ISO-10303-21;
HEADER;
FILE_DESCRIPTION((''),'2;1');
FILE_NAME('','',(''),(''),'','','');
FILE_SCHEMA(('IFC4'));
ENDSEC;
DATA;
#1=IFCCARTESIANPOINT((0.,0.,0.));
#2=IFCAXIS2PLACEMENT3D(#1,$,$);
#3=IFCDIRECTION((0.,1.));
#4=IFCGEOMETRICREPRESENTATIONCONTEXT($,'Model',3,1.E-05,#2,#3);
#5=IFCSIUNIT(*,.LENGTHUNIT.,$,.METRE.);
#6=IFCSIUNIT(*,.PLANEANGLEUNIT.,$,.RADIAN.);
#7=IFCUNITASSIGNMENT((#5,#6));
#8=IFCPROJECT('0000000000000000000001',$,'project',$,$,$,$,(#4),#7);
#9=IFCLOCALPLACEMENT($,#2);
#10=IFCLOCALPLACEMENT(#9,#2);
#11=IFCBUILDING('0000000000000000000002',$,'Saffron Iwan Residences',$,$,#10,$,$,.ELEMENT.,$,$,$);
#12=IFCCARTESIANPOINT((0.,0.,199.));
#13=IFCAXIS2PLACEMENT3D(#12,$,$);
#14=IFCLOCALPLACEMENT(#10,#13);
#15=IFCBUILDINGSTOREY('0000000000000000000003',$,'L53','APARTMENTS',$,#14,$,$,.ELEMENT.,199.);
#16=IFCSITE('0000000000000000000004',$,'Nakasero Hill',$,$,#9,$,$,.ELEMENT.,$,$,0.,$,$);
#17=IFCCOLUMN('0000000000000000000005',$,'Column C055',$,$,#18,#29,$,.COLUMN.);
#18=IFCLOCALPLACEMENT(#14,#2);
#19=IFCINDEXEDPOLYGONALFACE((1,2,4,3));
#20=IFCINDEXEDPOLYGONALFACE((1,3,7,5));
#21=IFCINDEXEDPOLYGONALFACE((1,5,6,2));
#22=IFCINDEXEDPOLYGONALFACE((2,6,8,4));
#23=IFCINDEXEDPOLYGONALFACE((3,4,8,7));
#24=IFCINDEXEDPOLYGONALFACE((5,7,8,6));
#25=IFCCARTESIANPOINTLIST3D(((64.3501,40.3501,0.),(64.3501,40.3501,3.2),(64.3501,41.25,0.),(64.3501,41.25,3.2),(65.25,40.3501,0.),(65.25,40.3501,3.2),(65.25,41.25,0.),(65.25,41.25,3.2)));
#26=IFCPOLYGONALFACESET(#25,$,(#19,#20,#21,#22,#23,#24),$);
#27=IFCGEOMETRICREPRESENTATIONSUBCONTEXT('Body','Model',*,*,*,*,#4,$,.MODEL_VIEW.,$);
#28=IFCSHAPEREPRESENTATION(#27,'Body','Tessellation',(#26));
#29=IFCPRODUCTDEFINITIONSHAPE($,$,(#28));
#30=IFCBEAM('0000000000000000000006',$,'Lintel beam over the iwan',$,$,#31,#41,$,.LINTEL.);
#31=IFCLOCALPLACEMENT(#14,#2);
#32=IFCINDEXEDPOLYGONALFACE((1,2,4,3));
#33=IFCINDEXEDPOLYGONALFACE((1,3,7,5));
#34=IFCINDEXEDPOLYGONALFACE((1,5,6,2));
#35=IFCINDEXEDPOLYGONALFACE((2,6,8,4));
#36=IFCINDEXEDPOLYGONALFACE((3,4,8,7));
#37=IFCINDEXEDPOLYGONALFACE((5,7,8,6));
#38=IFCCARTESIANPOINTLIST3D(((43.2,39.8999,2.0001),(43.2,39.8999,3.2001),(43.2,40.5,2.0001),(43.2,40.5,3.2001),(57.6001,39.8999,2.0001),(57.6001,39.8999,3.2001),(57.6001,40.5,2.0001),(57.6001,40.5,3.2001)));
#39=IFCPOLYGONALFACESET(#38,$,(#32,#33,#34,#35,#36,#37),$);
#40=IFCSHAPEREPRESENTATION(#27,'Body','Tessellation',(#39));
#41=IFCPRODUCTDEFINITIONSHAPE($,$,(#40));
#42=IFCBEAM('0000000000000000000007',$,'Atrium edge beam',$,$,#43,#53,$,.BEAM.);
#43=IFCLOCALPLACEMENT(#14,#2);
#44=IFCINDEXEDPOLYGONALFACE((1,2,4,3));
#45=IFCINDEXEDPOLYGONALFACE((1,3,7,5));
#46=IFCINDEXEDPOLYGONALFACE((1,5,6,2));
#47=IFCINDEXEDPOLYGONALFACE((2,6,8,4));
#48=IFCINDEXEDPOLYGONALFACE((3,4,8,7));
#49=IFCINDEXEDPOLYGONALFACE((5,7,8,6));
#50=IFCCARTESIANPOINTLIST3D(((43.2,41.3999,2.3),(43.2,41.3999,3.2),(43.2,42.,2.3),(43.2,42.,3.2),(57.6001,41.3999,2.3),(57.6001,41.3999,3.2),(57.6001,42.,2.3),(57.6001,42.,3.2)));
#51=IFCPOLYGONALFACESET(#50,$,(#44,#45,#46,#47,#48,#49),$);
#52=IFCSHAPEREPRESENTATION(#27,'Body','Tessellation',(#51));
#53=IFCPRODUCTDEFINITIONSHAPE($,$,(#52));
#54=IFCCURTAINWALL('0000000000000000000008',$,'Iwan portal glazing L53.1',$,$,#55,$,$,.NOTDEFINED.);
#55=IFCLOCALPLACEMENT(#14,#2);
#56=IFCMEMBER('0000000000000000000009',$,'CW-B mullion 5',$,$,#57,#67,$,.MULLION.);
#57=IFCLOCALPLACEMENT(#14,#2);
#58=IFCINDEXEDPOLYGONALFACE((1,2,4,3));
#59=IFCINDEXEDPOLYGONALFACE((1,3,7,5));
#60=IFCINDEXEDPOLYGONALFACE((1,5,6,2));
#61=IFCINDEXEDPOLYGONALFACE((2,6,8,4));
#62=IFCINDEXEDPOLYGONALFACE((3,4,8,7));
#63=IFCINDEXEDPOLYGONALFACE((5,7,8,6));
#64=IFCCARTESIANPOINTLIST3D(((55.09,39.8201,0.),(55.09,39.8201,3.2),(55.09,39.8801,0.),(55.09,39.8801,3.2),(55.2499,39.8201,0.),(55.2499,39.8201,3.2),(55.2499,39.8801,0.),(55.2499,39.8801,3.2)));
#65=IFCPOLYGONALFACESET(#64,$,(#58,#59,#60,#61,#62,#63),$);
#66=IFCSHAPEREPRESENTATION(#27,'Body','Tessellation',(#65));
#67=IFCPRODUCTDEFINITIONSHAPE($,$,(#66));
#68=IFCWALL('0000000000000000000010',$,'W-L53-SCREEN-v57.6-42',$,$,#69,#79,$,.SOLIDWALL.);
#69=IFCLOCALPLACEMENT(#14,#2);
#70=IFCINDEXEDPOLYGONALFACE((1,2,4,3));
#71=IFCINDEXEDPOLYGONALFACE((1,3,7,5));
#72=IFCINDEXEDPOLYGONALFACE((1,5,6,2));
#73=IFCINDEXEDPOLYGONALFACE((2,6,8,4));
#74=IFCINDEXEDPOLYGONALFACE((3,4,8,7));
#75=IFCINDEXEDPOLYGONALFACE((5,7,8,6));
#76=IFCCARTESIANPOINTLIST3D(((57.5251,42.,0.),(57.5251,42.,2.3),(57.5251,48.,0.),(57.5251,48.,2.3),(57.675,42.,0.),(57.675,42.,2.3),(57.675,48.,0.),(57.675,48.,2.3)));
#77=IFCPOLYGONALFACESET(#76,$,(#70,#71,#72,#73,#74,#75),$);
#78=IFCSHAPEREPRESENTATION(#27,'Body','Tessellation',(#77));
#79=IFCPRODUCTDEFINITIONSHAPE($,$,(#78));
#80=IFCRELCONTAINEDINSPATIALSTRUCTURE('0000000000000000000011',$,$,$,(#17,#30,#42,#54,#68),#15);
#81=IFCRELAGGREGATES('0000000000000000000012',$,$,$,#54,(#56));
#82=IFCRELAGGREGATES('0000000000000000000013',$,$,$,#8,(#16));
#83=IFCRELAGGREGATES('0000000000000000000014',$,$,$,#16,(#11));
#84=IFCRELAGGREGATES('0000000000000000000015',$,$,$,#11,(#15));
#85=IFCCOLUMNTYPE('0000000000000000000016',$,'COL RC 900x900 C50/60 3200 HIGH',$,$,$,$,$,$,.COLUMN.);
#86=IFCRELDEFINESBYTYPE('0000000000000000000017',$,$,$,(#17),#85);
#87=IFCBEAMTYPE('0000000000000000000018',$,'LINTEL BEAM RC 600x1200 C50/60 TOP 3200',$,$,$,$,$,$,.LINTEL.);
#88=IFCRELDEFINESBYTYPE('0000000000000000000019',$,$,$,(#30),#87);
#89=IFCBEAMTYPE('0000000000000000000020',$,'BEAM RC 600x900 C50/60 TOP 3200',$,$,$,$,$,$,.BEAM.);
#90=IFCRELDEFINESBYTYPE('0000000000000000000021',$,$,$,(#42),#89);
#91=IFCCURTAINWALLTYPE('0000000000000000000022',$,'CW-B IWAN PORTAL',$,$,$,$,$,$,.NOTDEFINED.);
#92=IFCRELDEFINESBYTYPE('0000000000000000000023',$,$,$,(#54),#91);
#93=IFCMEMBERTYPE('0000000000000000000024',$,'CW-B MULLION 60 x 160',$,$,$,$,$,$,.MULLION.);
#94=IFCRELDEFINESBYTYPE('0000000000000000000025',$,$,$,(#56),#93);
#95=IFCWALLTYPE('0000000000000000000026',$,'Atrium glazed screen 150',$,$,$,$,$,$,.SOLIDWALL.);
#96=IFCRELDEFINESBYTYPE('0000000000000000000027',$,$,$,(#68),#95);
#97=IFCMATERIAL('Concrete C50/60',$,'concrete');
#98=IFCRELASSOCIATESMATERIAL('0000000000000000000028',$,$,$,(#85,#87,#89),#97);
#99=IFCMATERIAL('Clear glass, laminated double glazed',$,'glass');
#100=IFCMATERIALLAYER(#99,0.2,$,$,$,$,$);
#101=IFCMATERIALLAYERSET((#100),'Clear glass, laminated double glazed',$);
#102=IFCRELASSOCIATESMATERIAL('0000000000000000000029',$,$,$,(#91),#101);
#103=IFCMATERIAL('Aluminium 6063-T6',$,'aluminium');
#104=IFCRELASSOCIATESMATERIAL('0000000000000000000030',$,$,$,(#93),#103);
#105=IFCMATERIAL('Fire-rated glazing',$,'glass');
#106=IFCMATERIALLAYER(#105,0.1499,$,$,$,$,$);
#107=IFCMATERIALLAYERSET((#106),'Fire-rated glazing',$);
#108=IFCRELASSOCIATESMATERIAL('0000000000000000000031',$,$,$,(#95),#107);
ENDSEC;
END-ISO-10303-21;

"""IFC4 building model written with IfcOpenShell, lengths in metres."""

from ifc_helpers import new_model, si_unit, direction, frame, frame_2d, origin, origin_2d, place, context, subcontext, project, spatial, rectangle, extrude, source, transform, mapped, material, layer, layer_set, material_profile, profile_set, type_object, element, aggregate, save


model = new_model("IFC4")

# Units and contexts
model_context = context("Model", 3, precision=1e-05, world=origin(), true_north=direction((0.0, 1.0)))
body_context = subcontext(model_context, "Body", "Model", "MODEL_VIEW")
ifc_project = project(units=[si_unit("LENGTHUNIT", "METRE"), si_unit("PLANEANGLEUNIT", "RADIAN")], contexts=[model_context])

# Site, building, storey
site_placement = place(None, origin())
site = spatial("IfcSite", under=ifc_project, at=site_placement, Name="Nakasero Hill", CompositionType="ELEMENT", RefElevation=0.0)
building_placement = place(site_placement, origin())
building = spatial("IfcBuilding", under=site, at=building_placement, Name="Saffron Iwan Residences", CompositionType="ELEMENT")
storey_placement = place(building_placement, frame((0.0, 0.0, 199.0)))
storey = spatial("IfcBuildingStorey", under=building, at=storey_placement, Name="L53", Description="APARTMENTS", CompositionType="ELEMENT", Elevation=199.0)

# Column
ifc_material_1 = material(Name="Concrete C50/60", Category="concrete")
ifc_material_profile_1 = material_profile(ifc_material_1, rectangle(XDim=0.8999, YDim=0.8999, at=origin_2d()), Name="RC 900x900")
ifc_profile_set_1 = profile_set([ifc_material_profile_1], Name="Concrete C50/60")
column_type = type_object("IfcColumnType", Name="COL RC 900x900 C50/60 3200 HIGH", PredefinedType="COLUMN", material=ifc_profile_set_1)
shared_shape_1 = source(origin(), body_context, "Body", "SweptSolid", [
    extrude(rectangle(XDim=0.8999, YDim=0.8999, at=origin_2d()), origin(), (0.0, 0.0, 1.0), 3.2),
])
column_placement = place(storey_placement, frame((64.8, 40.8, 0.0), z_axis=(0.0, 0.0, 1.0), x_axis=(1.0, 0.0, 0.0)))
element("IfcColumn", 1, at=column_placement, inside=storey, type_object=column_type, Name="Column C055", PredefinedType="COLUMN", context=body_context, shape_type="MappedRepresentation", body=[
    mapped(shared_shape_1, transform((0.0, 0.0, 0.0))),
])

# Beams
ifc_material_profile_2 = material_profile(ifc_material_1, rectangle(XDim=0.6001, YDim=1.2, at=origin_2d()), Name="RC 600x1200")
ifc_profile_set_2 = profile_set([ifc_material_profile_2], Name="Concrete C50/60")
beam_type_1 = type_object("IfcBeamType", Name="LINTEL BEAM RC 600x1200 C50/60 TOP 3200", PredefinedType="LINTEL", material=ifc_profile_set_2)
shared_shape_2 = source(origin(), body_context, "Body", "SweptSolid", [
    extrude(rectangle(XDim=0.6001, YDim=1.2, at=origin_2d()), origin(), (0.0, 0.0, 1.0), 14.4001),
])
beam_1_placement = place(storey_placement, frame((57.6001, 40.2, 2.6001), z_axis=(-1.0, 0.0, 0.0), x_axis=(0.0, -1.0, 0.0)))
element("IfcBeam", 2, at=beam_1_placement, inside=storey, type_object=beam_type_1, Name="Lintel beam over the iwan", PredefinedType="LINTEL", context=body_context, shape_type="MappedRepresentation", body=[
    mapped(shared_shape_2, transform((0.0, 0.0, 0.0))),
])
ifc_material_profile_3 = material_profile(ifc_material_1, rectangle(XDim=0.6001, YDim=0.8999, at=origin_2d()), Name="RC 600x900")
ifc_profile_set_3 = profile_set([ifc_material_profile_3], Name="Concrete C50/60")
beam_type_2 = type_object("IfcBeamType", Name="BEAM RC 600x900 C50/60 TOP 3200", PredefinedType="BEAM", material=ifc_profile_set_3)
shared_shape_3 = source(origin(), body_context, "Body", "SweptSolid", [
    extrude(rectangle(XDim=0.6001, YDim=0.8999, at=origin_2d()), origin(), (0.0, 0.0, 1.0), 14.4001),
])
beam_2_placement = place(storey_placement, frame((57.6001, 41.7, 2.75), z_axis=(-1.0, 0.0, 0.0), x_axis=(0.0, -1.0, 0.0)))
element("IfcBeam", 3, at=beam_2_placement, inside=storey, type_object=beam_type_2, Name="Atrium edge beam", PredefinedType="BEAM", context=body_context, shape_type="MappedRepresentation", body=[
    mapped(shared_shape_3, transform((0.0, 0.0, 0.0))),
])

# Curtain wall, member
ifc_material_2 = material(Name="Clear glass, laminated double glazed", Category="glass")
ifc_layer_1 = layer(ifc_material_2, 0.2)
ifc_layer_set_1 = layer_set([ifc_layer_1], Name="Clear glass, laminated double glazed")
curtain_wall_type = type_object("IfcCurtainWallType", Name="CW-B IWAN PORTAL", PredefinedType="NOTDEFINED", material=ifc_layer_set_1)
curtain_wall_placement = place(storey_placement, origin())
curtain_wall = element("IfcCurtainWall", 4, at=curtain_wall_placement, inside=storey, type_object=curtain_wall_type, Name="Iwan portal glazing L53.1", PredefinedType="NOTDEFINED")
ifc_material_3 = material(Name="Aluminium 6063-T6", Category="aluminium")
ifc_material_profile_4 = material_profile(ifc_material_3, rectangle(XDim=0.0601, YDim=0.1599, at=origin_2d()), Name="CW-B MULLION 60 x 160")
ifc_profile_set_4 = profile_set([ifc_material_profile_4], Name="Aluminium 6063-T6")
member_type = type_object("IfcMemberType", Name="CW-B MULLION 60 x 160", PredefinedType="MULLION", material=ifc_profile_set_4)
shared_shape_4 = source(origin(), body_context, "Body", "SweptSolid", [
    extrude(rectangle(XDim=0.0601, YDim=0.1599, at=origin_2d()), origin(), (0.0, 0.0, 1.0), 3.2),
])
member_placement = place(storey_placement, frame((55.1699, 39.8501, 0.0), z_axis=(0.0, 0.0, 1.0), x_axis=(0.0, 1.0, 0.0)))
member = element("IfcMember", 5, at=member_placement, type_object=member_type, Name="CW-B mullion 5", PredefinedType="MULLION", context=body_context, shape_type="MappedRepresentation", body=[
    mapped(shared_shape_4, transform((0.0, 0.0, 0.0))),
])
aggregate(curtain_wall, [member])

# Wall
ifc_material_4 = material(Name="Fire-rated glazing", Category="glass")
ifc_layer_2 = layer(ifc_material_4, 0.1499)
ifc_layer_set_2 = layer_set([ifc_layer_2], Name="Fire-rated glazing")
wall_type_1 = type_object("IfcWallType", Name="Atrium glazed screen 150", PredefinedType="SOLIDWALL", material=ifc_layer_set_2)
wall_1_placement = place(storey_placement, frame((57.6001, 42.0, 0.0), z_axis=(0.0, 0.0, 1.0), x_axis=(0.0, 1.0, 0.0)))
element("IfcWall", 6, at=wall_1_placement, inside=storey, type_object=wall_type_1, Name="W-L53-SCREEN-v57.6-42", PredefinedType="SOLIDWALL", context=body_context, shape_type="SweptSolid", body=[
    extrude(rectangle(XDim=6.0, YDim=0.1499, at=frame_2d((3.0, 0.0))), origin(), (0.0, 0.0, 1.0), 2.3),
])

save(model, "model.ifc")
